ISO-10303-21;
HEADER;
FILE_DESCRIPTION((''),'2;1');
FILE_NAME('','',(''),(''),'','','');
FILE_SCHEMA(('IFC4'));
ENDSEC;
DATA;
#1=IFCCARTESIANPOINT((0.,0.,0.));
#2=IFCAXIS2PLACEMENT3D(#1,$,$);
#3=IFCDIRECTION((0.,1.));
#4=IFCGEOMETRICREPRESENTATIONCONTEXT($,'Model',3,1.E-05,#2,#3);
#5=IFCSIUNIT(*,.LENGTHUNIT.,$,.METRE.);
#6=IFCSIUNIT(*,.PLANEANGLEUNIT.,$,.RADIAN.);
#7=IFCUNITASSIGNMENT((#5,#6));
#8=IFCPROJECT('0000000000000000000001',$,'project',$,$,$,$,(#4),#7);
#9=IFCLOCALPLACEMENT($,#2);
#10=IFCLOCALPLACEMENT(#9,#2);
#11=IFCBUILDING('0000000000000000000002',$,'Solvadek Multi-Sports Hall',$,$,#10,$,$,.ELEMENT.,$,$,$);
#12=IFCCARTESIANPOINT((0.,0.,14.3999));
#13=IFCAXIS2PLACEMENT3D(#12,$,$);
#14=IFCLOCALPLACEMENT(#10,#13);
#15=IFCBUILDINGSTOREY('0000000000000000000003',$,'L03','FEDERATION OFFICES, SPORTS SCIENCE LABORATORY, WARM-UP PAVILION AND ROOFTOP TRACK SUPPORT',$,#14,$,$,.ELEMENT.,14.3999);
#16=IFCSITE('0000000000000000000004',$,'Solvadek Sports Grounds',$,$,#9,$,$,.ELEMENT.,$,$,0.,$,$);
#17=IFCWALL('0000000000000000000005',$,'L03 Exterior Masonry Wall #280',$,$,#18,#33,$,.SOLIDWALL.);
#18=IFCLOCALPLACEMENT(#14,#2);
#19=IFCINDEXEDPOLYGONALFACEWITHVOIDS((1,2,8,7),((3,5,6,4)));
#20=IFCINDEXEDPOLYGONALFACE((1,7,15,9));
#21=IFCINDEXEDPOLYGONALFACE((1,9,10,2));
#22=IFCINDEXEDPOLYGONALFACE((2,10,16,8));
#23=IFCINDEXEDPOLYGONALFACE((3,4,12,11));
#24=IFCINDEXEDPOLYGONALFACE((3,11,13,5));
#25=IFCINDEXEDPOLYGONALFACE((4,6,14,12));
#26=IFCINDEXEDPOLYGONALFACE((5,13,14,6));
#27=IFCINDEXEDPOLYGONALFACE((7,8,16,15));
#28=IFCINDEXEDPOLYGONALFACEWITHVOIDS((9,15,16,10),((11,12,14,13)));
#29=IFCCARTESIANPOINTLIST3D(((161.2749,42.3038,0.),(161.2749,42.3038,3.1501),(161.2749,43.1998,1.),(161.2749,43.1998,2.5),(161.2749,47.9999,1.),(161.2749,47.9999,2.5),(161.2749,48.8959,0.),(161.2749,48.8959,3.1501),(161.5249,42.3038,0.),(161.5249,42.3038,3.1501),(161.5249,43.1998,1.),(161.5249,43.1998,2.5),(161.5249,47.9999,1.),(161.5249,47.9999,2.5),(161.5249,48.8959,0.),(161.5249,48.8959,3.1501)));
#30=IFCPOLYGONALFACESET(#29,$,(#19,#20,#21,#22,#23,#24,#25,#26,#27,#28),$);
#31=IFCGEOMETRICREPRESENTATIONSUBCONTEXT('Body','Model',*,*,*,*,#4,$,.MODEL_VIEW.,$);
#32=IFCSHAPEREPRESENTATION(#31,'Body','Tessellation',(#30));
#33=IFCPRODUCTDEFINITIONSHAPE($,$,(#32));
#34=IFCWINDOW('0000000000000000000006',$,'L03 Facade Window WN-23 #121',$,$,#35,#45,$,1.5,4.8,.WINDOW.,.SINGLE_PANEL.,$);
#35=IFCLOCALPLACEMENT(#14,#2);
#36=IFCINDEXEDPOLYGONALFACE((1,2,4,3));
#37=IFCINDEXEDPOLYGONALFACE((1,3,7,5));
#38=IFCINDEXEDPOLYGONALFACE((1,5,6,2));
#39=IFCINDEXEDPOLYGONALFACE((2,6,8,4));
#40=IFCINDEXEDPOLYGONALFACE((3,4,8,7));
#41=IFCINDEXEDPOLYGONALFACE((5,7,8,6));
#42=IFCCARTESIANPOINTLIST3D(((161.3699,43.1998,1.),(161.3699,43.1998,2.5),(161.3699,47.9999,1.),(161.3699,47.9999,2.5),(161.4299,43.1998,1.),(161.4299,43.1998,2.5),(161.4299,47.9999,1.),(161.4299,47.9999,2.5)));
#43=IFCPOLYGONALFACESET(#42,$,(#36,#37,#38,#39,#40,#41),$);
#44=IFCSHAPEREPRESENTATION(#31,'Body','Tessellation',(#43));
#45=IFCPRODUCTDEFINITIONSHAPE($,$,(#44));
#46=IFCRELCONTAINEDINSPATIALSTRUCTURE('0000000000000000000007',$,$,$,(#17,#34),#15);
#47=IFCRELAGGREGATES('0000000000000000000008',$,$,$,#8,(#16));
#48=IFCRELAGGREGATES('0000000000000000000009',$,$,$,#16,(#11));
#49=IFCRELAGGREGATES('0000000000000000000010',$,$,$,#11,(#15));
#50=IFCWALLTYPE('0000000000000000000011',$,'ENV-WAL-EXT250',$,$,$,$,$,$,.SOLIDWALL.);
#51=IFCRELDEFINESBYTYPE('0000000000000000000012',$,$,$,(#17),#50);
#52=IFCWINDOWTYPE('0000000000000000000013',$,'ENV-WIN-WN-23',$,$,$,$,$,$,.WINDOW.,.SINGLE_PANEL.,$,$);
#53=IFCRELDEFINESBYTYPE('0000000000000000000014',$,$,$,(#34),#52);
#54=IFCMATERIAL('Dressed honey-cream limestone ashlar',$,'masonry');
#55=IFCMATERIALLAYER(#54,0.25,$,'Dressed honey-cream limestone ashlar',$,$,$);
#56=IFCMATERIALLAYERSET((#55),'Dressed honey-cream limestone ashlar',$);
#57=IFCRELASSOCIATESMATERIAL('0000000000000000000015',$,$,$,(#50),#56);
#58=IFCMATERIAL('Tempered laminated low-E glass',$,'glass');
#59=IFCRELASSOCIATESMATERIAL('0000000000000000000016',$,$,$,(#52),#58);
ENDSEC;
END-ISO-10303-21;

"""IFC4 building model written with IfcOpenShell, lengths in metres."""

from ifc_helpers import new_model, si_unit, direction, frame, frame_2d, origin, place, context, subcontext, project, spatial, rectangle, extrude, material, layer, layer_set, type_object, element, fill, save


model = new_model("IFC4")

# Units and contexts
model_context = context("Model", 3, precision=1e-05, world=origin(), true_north=direction((0.0, 1.0)))
body_context = subcontext(model_context, "Body", "Model", "MODEL_VIEW")
ifc_project = project(units=[si_unit("LENGTHUNIT", "METRE"), si_unit("PLANEANGLEUNIT", "RADIAN")], contexts=[model_context])

# Site, building, storey
site_placement = place(None, origin())
site = spatial("IfcSite", under=ifc_project, at=site_placement, Name="Solvadek Sports Grounds", CompositionType="ELEMENT", RefElevation=0.0)
building_placement = place(site_placement, origin())
building = spatial("IfcBuilding", under=site, at=building_placement, Name="Solvadek Multi-Sports Hall", CompositionType="ELEMENT")
storey_placement = place(building_placement, frame((0.0, 0.0, 14.3999)))
storey = spatial("IfcBuildingStorey", under=building, at=storey_placement, Name="L03", Description="FEDERATION OFFICES, SPORTS SCIENCE LABORATORY, WARM-UP PAVILION AND ROOFTOP TRACK SUPPORT", CompositionType="ELEMENT", Elevation=14.3999)

# Shared definitions
ifc_material_1 = material(Name="Tempered laminated low-E glass", Category="glass")

# Wall, opening, window
ifc_material_2 = material(Name="Dressed honey-cream limestone ashlar", Category="masonry")
ifc_layer_1 = layer(ifc_material_2, 0.25, Name="Dressed honey-cream limestone ashlar")
ifc_layer_set_1 = layer_set([ifc_layer_1], Name="Dressed honey-cream limestone ashlar")
wall_type = type_object("IfcWallType", Name="ENV-WAL-EXT250", PredefinedType="SOLIDWALL", material=ifc_layer_set_1)
wall_placement = place(storey_placement, frame((161.3999, 42.304, 0.0), z_axis=(0.0, 0.0, 1.0), x_axis=(0.0, 1.0, 0.0)))
wall = element("IfcWall", 1, at=wall_placement, inside=storey, type_object=wall_type, Name="L03 Exterior Masonry Wall #280", PredefinedType="SOLIDWALL", context=body_context, shape_type="SweptSolid", body=[
    extrude(rectangle(XDim=6.592, YDim=0.25, at=frame_2d((3.2959, 0.0))), origin(), (0.0, 0.0, 1.0), 3.1501),
])
opening_placement = place(wall_placement, frame((0.896, 0.0, 1.0)))
opening = element("IfcOpeningElement", 2, at=opening_placement, cuts=wall, PredefinedType="OPENING", context=body_context, shape_type="SweptSolid", body=[
    extrude(rectangle(XDim=4.8, YDim=1.5, at=frame_2d((2.3999, 0.75))), frame((0.0, 0.135, 0.0), z_axis=(0.0, -1.0, 0.0), x_axis=(1.0, 0.0, 0.0)), (0.0, 0.0, 1.0), 0.27),
])
window_type = type_object("IfcWindowType", Name="ENV-WIN-WN-23", PartitioningType="SINGLE_PANEL", PredefinedType="WINDOW", material=ifc_material_1)
window_placement = place(opening_placement, origin())
window = element("IfcWindow", 3, at=window_placement, inside=storey, type_object=window_type, Name="L03 Facade Window WN-23 #121", OverallHeight=1.5, OverallWidth=4.8, PartitioningType="SINGLE_PANEL", PredefinedType="WINDOW", context=body_context, shape_type="SweptSolid", body=[
    extrude(rectangle(XDim=4.8, YDim=1.5, at=frame_2d((2.3999, 0.75))), frame((0.0, 0.03, 0.0), z_axis=(0.0, -1.0, 0.0), x_axis=(1.0, 0.0, 0.0)), (0.0, 0.0, 1.0), 0.0601),
])
fill(opening, window)

save(model, "model.ifc")
